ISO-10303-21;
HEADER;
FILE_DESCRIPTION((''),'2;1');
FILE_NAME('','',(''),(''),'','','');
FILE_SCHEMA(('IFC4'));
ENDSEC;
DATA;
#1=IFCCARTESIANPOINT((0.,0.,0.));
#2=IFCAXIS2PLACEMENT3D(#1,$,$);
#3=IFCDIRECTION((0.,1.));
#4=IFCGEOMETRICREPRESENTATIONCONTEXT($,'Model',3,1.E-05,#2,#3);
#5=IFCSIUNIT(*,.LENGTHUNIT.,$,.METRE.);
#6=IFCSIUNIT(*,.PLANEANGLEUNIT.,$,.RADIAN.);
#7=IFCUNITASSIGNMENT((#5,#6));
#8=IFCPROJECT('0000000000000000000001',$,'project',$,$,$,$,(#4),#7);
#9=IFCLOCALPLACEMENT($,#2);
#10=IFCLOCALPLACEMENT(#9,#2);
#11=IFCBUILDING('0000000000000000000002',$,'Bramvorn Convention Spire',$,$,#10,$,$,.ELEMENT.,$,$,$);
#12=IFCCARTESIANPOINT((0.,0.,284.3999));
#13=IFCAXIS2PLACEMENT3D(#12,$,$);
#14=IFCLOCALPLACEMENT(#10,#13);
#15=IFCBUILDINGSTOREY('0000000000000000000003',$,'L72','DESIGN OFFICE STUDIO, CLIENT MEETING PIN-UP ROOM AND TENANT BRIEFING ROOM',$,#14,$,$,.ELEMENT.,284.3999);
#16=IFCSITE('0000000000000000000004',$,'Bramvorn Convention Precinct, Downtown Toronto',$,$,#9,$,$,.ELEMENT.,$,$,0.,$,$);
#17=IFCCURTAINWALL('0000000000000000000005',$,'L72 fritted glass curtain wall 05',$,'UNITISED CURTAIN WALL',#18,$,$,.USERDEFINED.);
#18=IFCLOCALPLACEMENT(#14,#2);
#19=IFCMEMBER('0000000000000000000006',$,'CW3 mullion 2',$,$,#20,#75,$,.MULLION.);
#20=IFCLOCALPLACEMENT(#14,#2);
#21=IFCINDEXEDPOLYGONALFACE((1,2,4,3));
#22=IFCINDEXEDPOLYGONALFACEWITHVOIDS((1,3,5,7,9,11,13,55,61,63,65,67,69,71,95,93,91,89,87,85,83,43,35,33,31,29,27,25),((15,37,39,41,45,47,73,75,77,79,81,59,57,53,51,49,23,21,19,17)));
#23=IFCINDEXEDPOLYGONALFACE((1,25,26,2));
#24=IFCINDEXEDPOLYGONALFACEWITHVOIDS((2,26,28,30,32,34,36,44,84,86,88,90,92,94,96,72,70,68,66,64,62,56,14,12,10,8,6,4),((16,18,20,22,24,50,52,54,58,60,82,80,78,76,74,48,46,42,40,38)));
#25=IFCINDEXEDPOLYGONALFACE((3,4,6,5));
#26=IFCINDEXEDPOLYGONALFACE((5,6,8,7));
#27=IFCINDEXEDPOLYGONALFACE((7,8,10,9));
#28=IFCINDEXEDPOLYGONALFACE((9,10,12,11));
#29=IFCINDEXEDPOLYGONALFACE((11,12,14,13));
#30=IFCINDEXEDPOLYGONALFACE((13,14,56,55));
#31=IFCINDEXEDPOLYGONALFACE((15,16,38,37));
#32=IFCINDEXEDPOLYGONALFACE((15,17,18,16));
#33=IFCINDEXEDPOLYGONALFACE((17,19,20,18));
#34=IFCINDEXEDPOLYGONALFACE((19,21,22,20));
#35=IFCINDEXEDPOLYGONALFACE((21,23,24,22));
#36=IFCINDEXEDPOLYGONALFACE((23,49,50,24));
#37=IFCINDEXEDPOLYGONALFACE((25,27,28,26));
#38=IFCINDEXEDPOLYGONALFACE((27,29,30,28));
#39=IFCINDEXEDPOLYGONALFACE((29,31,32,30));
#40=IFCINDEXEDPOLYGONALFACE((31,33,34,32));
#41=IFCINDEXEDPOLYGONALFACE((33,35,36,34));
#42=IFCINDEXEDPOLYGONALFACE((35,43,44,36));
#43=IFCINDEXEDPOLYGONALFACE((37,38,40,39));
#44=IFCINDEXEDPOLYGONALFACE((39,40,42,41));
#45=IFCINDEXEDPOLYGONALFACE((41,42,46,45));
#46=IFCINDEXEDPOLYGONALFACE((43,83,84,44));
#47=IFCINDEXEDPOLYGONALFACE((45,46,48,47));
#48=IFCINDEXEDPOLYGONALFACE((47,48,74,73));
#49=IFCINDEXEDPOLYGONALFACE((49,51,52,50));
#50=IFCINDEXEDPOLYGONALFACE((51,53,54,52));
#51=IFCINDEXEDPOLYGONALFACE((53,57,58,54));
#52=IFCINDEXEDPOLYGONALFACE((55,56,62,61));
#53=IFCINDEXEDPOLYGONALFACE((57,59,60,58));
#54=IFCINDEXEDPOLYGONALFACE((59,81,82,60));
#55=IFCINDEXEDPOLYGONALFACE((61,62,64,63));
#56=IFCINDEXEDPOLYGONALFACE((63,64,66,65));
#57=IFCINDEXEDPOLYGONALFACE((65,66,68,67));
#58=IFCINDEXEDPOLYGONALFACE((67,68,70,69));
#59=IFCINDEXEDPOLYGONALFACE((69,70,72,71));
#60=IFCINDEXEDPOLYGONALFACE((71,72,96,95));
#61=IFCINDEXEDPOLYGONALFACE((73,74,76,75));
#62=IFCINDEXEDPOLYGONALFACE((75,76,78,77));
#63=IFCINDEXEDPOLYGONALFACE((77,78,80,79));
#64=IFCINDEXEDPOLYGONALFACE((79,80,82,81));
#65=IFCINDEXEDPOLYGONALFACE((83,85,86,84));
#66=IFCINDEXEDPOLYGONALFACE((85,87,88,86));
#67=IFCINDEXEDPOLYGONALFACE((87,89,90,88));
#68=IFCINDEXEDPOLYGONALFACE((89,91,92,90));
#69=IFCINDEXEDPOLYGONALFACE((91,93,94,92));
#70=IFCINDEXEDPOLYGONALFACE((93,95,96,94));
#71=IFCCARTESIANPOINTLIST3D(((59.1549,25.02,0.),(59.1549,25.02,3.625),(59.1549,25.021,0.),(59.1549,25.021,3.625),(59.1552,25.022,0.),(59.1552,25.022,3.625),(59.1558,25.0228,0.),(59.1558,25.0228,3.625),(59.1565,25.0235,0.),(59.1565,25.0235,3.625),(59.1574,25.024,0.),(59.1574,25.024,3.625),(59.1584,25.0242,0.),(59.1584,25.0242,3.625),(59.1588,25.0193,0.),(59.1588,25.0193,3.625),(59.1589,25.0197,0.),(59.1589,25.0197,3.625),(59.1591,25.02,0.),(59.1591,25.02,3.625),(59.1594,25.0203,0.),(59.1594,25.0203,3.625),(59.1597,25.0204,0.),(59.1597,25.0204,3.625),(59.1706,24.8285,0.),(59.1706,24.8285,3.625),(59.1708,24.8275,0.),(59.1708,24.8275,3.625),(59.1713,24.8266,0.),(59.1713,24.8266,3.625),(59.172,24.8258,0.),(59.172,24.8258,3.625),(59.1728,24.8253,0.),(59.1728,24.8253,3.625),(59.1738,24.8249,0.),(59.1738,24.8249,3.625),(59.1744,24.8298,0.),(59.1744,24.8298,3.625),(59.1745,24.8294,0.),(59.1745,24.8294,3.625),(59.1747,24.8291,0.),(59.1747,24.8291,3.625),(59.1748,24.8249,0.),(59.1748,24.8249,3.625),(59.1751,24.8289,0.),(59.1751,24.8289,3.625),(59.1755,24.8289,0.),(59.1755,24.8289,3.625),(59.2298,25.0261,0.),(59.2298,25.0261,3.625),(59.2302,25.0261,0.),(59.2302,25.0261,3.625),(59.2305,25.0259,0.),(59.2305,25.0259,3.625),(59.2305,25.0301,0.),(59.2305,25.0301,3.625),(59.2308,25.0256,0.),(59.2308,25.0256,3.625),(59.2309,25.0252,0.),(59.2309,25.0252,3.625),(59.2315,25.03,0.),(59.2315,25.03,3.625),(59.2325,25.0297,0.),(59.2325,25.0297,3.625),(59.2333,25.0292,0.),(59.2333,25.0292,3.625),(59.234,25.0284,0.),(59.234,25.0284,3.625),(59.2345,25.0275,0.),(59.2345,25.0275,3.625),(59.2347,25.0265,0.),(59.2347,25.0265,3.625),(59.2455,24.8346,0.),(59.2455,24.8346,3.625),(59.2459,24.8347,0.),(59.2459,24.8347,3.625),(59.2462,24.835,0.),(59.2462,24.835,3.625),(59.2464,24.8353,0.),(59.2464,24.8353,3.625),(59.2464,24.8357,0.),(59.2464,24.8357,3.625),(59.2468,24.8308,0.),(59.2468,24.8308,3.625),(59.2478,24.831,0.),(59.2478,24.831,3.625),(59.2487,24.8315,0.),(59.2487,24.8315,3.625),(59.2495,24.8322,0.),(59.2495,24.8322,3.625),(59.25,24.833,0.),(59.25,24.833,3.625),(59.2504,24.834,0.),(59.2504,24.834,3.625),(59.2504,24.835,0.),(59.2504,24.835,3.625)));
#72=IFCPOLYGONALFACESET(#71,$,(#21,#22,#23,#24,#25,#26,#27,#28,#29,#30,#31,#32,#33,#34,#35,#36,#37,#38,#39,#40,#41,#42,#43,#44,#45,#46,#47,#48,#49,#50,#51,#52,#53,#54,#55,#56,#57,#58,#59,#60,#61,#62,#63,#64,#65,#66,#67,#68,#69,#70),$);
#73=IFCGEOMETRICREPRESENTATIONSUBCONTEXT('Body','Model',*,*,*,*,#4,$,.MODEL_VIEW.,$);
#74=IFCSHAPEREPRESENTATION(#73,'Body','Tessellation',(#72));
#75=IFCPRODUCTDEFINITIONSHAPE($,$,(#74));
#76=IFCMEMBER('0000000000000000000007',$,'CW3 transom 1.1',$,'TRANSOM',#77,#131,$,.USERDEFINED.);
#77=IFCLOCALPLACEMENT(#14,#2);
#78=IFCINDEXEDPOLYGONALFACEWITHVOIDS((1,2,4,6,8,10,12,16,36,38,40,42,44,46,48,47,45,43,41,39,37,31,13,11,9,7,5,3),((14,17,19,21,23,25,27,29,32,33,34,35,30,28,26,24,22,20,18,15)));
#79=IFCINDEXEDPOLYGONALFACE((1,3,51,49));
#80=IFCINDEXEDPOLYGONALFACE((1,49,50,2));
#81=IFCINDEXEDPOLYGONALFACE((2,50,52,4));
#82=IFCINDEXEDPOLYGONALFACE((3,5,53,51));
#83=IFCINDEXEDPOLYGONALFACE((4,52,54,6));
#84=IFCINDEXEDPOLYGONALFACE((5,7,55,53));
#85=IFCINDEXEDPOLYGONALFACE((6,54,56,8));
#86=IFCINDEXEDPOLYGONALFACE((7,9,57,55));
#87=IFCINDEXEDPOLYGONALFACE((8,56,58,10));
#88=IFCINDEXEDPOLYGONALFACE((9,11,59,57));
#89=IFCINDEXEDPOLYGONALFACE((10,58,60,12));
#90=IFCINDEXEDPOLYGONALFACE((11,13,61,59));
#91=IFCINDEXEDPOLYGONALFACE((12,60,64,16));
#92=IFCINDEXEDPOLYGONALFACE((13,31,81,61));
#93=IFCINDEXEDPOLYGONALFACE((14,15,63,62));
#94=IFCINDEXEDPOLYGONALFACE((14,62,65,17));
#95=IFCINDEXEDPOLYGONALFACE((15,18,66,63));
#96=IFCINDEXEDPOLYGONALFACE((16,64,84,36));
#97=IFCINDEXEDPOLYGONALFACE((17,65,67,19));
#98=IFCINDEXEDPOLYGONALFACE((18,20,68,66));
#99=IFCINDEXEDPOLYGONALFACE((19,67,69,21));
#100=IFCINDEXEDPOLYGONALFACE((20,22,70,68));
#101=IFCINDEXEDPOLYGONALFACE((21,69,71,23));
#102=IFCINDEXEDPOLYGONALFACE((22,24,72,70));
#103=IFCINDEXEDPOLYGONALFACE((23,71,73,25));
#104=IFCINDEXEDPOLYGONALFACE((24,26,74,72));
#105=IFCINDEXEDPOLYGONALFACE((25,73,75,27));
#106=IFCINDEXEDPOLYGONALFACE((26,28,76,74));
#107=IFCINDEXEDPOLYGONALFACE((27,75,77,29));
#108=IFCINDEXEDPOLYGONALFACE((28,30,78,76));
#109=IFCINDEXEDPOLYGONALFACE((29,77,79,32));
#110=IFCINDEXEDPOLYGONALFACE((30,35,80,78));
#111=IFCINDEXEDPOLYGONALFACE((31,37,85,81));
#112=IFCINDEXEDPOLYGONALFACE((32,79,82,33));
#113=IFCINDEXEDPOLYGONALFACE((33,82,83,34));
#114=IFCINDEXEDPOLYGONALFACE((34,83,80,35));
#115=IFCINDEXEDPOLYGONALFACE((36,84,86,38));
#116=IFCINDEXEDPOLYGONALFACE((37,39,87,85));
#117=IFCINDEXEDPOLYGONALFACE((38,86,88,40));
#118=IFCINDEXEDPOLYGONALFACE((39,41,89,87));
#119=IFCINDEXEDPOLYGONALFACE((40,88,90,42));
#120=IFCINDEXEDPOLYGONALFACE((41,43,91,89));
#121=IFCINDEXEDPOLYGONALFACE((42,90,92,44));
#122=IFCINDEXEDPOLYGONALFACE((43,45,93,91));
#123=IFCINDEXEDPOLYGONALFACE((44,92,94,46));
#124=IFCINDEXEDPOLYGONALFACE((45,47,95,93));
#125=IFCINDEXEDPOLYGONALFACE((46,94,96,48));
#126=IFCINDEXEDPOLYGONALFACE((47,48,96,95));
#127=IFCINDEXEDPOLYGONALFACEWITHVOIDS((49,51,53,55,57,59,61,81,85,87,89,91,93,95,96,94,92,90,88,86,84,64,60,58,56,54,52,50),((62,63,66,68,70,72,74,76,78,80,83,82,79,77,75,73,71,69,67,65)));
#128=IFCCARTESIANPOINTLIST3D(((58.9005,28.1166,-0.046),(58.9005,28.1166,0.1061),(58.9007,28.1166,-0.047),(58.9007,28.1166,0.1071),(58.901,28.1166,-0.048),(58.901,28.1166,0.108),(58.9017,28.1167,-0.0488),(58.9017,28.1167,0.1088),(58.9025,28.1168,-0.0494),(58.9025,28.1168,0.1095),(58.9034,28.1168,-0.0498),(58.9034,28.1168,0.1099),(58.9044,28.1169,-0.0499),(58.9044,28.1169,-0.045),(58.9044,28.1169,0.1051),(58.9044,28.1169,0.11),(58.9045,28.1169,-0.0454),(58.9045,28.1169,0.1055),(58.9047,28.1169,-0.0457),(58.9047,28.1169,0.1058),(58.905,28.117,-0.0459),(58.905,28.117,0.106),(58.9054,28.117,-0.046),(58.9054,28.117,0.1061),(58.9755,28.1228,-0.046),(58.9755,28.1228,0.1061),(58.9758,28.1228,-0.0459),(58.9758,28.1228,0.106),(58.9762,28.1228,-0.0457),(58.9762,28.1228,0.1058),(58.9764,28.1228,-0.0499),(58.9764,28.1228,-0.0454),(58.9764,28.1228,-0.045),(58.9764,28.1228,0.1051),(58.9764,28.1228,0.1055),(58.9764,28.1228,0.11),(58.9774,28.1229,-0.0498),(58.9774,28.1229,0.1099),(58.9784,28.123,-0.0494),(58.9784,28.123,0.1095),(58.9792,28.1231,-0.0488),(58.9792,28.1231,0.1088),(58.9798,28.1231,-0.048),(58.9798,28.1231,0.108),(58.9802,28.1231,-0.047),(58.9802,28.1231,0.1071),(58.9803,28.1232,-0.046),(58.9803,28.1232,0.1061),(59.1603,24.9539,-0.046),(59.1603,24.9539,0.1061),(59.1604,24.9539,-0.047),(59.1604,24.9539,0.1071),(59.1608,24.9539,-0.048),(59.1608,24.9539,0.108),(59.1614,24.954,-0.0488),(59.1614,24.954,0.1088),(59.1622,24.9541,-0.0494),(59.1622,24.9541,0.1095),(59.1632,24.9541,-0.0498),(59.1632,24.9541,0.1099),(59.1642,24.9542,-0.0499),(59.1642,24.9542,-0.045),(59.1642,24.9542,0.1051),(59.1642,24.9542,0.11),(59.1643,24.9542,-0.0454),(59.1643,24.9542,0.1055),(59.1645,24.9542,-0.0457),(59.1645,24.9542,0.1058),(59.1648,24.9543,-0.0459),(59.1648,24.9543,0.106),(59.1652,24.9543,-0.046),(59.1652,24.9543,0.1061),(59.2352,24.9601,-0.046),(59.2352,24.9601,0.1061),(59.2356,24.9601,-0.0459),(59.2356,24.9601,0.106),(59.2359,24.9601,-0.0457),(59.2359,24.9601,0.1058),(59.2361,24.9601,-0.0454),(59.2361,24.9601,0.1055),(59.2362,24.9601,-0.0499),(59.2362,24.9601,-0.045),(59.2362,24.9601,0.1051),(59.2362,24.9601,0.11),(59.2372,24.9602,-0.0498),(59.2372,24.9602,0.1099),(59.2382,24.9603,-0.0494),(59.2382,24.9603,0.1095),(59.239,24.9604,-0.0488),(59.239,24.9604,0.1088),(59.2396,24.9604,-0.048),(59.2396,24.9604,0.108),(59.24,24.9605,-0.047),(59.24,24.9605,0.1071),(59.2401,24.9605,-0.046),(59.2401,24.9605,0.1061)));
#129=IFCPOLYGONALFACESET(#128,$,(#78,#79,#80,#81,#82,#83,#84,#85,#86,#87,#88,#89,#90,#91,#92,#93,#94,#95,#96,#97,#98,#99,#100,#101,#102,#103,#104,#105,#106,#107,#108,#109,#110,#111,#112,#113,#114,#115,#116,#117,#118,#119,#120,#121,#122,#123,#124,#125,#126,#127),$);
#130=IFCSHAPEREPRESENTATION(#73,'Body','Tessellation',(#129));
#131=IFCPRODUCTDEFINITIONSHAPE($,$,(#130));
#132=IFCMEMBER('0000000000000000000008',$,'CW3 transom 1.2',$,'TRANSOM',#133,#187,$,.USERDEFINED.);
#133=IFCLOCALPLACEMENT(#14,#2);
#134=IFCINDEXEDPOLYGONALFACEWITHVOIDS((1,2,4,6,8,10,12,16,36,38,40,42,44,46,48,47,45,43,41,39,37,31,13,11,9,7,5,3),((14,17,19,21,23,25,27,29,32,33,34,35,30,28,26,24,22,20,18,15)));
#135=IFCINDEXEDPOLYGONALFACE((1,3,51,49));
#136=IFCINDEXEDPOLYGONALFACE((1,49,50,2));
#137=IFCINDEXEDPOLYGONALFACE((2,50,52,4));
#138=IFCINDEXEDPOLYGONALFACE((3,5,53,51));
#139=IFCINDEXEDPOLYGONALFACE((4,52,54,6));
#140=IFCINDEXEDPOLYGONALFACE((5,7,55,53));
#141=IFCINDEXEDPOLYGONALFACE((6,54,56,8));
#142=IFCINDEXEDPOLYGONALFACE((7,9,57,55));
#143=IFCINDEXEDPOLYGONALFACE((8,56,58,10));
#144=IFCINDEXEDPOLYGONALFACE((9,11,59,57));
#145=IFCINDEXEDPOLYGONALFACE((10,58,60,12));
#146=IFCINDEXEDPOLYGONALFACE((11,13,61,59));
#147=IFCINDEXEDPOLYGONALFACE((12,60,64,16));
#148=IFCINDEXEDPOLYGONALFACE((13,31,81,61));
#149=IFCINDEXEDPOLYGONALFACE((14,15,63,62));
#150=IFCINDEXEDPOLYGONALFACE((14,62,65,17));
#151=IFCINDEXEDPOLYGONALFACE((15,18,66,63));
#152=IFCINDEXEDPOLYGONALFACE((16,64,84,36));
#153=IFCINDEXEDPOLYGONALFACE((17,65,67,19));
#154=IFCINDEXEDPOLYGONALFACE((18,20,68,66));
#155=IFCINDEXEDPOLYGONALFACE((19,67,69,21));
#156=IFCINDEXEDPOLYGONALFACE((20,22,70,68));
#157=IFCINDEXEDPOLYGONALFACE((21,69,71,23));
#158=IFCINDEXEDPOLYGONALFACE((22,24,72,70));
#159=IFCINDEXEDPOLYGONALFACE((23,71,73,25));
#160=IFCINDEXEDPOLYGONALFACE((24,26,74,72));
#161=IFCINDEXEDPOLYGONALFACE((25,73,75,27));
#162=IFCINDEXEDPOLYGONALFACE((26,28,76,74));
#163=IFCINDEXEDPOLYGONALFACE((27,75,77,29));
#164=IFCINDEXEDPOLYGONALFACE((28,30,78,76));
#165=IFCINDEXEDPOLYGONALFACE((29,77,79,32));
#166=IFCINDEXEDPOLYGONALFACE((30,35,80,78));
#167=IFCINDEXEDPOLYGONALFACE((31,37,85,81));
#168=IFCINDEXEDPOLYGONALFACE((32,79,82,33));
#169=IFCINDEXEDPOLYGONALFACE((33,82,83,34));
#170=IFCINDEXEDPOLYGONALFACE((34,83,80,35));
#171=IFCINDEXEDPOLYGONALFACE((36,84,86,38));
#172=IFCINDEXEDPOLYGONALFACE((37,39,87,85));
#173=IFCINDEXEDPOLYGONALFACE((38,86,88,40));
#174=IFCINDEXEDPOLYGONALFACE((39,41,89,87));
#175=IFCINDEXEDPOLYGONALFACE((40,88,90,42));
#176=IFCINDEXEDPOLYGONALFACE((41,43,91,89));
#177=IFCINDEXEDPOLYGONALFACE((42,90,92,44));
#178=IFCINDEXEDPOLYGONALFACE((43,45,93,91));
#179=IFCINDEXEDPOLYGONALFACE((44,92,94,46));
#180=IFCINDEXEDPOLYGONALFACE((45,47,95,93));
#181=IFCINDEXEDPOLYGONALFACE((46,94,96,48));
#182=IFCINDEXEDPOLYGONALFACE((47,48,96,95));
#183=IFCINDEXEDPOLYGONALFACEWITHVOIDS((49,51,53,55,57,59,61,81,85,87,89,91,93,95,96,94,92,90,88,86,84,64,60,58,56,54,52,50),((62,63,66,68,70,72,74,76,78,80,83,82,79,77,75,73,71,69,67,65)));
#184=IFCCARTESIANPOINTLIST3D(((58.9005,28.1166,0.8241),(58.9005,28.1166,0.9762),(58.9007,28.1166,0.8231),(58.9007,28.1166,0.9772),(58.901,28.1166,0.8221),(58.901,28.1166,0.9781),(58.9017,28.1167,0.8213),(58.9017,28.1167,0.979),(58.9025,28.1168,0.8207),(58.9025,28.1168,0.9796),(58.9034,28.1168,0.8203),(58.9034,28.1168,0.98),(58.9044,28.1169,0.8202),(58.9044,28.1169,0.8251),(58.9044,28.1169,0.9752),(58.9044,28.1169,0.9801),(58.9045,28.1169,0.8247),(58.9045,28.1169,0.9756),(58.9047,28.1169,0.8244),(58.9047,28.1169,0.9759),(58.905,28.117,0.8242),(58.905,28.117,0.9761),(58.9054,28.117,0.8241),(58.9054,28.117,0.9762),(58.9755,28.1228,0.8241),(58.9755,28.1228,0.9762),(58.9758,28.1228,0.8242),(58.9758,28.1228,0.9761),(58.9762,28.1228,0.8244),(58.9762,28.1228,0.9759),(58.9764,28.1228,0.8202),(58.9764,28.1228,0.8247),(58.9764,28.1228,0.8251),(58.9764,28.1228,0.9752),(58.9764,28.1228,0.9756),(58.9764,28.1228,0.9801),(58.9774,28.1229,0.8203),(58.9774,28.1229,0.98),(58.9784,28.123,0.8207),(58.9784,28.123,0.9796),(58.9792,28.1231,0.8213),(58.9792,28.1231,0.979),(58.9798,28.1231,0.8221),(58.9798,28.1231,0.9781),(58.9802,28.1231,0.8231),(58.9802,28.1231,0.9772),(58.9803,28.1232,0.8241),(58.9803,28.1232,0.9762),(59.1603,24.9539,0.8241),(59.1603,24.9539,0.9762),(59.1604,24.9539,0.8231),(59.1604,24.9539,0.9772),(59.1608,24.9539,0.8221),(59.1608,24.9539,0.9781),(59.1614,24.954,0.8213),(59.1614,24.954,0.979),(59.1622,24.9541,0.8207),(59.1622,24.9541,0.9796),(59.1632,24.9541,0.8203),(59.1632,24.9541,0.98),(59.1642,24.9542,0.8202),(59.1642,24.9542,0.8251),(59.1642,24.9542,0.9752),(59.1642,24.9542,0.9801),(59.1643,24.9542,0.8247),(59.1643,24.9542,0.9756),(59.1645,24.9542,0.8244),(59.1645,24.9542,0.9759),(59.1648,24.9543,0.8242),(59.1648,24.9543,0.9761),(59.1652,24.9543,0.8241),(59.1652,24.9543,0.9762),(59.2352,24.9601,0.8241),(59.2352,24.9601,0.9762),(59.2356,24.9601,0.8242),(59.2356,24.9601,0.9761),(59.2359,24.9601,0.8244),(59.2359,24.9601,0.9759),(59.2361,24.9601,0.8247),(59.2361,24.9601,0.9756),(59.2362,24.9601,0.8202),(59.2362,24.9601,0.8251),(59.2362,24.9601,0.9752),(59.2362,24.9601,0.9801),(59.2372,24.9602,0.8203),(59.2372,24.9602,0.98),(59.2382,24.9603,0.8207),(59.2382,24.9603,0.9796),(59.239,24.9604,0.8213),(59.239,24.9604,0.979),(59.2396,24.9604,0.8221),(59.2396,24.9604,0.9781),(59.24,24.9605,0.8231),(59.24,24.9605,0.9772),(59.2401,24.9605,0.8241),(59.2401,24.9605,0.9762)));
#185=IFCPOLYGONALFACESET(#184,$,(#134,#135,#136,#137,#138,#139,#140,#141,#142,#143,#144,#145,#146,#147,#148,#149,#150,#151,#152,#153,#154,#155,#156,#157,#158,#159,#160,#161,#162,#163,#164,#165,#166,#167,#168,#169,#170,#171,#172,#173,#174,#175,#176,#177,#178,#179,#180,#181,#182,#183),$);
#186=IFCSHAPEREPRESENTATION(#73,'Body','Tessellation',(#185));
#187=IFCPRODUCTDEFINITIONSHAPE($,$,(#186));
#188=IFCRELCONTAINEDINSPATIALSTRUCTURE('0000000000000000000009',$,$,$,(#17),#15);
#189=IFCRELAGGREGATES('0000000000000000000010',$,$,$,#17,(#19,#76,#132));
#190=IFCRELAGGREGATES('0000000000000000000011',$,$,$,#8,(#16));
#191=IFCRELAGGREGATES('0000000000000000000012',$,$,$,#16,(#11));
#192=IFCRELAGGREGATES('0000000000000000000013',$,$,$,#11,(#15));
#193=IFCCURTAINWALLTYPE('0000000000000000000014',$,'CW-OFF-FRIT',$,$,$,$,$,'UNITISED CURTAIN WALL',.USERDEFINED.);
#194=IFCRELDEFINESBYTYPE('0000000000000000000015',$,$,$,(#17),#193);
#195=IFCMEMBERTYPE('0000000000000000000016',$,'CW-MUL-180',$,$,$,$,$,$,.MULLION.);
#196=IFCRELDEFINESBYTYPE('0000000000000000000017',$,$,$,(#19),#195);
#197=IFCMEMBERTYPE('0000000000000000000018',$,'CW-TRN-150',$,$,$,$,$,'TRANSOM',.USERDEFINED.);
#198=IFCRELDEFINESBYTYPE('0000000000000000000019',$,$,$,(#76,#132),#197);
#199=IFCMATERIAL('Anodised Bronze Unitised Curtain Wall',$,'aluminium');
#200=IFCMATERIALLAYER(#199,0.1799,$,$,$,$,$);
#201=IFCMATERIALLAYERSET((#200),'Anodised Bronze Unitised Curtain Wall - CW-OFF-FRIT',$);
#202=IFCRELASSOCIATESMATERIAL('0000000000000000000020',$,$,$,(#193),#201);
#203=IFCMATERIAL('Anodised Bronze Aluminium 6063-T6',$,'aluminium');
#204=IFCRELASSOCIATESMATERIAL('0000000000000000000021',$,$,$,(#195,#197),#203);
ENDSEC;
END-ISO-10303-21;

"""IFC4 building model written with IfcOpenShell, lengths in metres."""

from ifc_helpers import new_model, si_unit, direction, frame, origin, origin_2d, place, context, subcontext, project, spatial, hollow_rectangle, extrude, material, layer, layer_set, material_profile, profile_set, type_object, element, aggregate, save


model = new_model("IFC4")

# Units and contexts
model_context = context("Model", 3, precision=1e-05, world=origin(), true_north=direction((0.0, 1.0)))
body_context = subcontext(model_context, "Body", "Model", "MODEL_VIEW")
ifc_project = project(units=[si_unit("LENGTHUNIT", "METRE"), si_unit("PLANEANGLEUNIT", "RADIAN")], contexts=[model_context])

# Site, building, storey
site_placement = place(None, origin())
site = spatial("IfcSite", under=ifc_project, at=site_placement, Name="Bramvorn Convention Precinct, Downtown Toronto", CompositionType="ELEMENT", RefElevation=0.0)
building_placement = place(site_placement, origin())
building = spatial("IfcBuilding", under=site, at=building_placement, Name="Bramvorn Convention Spire", CompositionType="ELEMENT")
storey_placement = place(building_placement, frame((0.0, 0.0, 284.3999)))
storey = spatial("IfcBuildingStorey", under=building, at=storey_placement, Name="L72", Description="DESIGN OFFICE STUDIO, CLIENT MEETING PIN-UP ROOM AND TENANT BRIEFING ROOM", CompositionType="ELEMENT", Elevation=284.3999)

# Curtain wall, members
ifc_material_1 = material(Name="Anodised Bronze Unitised Curtain Wall", Category="aluminium")
ifc_layer_1 = layer(ifc_material_1, 0.1799)
ifc_layer_set_1 = layer_set([ifc_layer_1], Name="Anodised Bronze Unitised Curtain Wall - CW-OFF-FRIT")
curtain_wall_type = type_object("IfcCurtainWallType", Name="CW-OFF-FRIT", ElementType="UNITISED CURTAIN WALL", PredefinedType="USERDEFINED", material=ifc_layer_set_1)
curtain_wall_placement = place(storey_placement, origin())
curtain_wall = element("IfcCurtainWall", 1, at=curtain_wall_placement, inside=storey, type_object=curtain_wall_type, Name="L72 fritted glass curtain wall 05", ObjectType="UNITISED CURTAIN WALL", PredefinedType="USERDEFINED")
ifc_material_2 = material(Name="Anodised Bronze Aluminium 6063-T6", Category="aluminium")
ifc_material_profile_1 = material_profile(ifc_material_2, hollow_rectangle(XDim=0.0801, YDim=0.2, WallThickness=0.0039, InnerFilletRadius=0.001, OuterFilletRadius=0.0039, at=origin_2d()))
ifc_profile_set_1 = profile_set([ifc_material_profile_1], Name="Anodised Bronze Aluminium 6063-T6 - CWM80X200")
member_type_1 = type_object("IfcMemberType", Name="CW-MUL-180", PredefinedType="MULLION", material=ifc_profile_set_1)
member_1_placement = place(storey_placement, frame((59.2026, 24.9275, 0.0), z_axis=(0.0, 0.0, 1.0), x_axis=(0.996648, 0.081809, 0.0)))
member_1 = element("IfcMember", 2, at=member_1_placement, type_object=member_type_1, Name="CW3 mullion 2", PredefinedType="MULLION", context=body_context, shape_type="SweptSolid", body=[
    extrude(hollow_rectangle(XDim=0.0801, YDim=0.2, WallThickness=0.0039, InnerFilletRadius=0.001, OuterFilletRadius=0.0039, at=origin_2d()), origin(), (0.0, 0.0, 1.0), 3.625),
])
ifc_material_profile_2 = material_profile(ifc_material_2, hollow_rectangle(XDim=0.0801, YDim=0.1599, WallThickness=0.0039, InnerFilletRadius=0.001, OuterFilletRadius=0.0039, at=origin_2d()))
ifc_profile_set_2 = profile_set([ifc_material_profile_2], Name="Anodised Bronze Aluminium 6063-T6 - CWT80X160")
member_type_2 = type_object("IfcMemberType", Name="CW-TRN-150", ElementType="TRANSOM", PredefinedType="USERDEFINED", material=ifc_profile_set_2)
member_2_placement = place(storey_placement, frame((58.9404, 28.1199, 0.03), z_axis=(0.081861, -0.996644, 0.0), x_axis=(0.996644, 0.081861, 0.0)))
member_2 = element("IfcMember", 3, at=member_2_placement, type_object=member_type_2, Name="CW3 transom 1.1", ObjectType="TRANSOM", PredefinedType="USERDEFINED", context=body_context, shape_type="SweptSolid", body=[
    extrude(hollow_rectangle(XDim=0.0801, YDim=0.1599, WallThickness=0.0039, InnerFilletRadius=0.001, OuterFilletRadius=0.0039, at=origin_2d()), origin(), (0.0, 0.0, 1.0), 3.1733),
])
member_3_placement = place(storey_placement, frame((58.9404, 28.1199, 0.9001), z_axis=(0.081861, -0.996644, 0.0), x_axis=(0.996644, 0.081861, 0.0)))
member_3 = element("IfcMember", 4, at=member_3_placement, type_object=member_type_2, Name="CW3 transom 1.2", ObjectType="TRANSOM", PredefinedType="USERDEFINED", context=body_context, shape_type="SweptSolid", body=[
    extrude(hollow_rectangle(XDim=0.0801, YDim=0.1599, WallThickness=0.0039, InnerFilletRadius=0.001, OuterFilletRadius=0.0039, at=origin_2d()), origin(), (0.0, 0.0, 1.0), 3.1733),
])
aggregate(curtain_wall, [member_1, member_2, member_3])

save(model, "model.ifc")
